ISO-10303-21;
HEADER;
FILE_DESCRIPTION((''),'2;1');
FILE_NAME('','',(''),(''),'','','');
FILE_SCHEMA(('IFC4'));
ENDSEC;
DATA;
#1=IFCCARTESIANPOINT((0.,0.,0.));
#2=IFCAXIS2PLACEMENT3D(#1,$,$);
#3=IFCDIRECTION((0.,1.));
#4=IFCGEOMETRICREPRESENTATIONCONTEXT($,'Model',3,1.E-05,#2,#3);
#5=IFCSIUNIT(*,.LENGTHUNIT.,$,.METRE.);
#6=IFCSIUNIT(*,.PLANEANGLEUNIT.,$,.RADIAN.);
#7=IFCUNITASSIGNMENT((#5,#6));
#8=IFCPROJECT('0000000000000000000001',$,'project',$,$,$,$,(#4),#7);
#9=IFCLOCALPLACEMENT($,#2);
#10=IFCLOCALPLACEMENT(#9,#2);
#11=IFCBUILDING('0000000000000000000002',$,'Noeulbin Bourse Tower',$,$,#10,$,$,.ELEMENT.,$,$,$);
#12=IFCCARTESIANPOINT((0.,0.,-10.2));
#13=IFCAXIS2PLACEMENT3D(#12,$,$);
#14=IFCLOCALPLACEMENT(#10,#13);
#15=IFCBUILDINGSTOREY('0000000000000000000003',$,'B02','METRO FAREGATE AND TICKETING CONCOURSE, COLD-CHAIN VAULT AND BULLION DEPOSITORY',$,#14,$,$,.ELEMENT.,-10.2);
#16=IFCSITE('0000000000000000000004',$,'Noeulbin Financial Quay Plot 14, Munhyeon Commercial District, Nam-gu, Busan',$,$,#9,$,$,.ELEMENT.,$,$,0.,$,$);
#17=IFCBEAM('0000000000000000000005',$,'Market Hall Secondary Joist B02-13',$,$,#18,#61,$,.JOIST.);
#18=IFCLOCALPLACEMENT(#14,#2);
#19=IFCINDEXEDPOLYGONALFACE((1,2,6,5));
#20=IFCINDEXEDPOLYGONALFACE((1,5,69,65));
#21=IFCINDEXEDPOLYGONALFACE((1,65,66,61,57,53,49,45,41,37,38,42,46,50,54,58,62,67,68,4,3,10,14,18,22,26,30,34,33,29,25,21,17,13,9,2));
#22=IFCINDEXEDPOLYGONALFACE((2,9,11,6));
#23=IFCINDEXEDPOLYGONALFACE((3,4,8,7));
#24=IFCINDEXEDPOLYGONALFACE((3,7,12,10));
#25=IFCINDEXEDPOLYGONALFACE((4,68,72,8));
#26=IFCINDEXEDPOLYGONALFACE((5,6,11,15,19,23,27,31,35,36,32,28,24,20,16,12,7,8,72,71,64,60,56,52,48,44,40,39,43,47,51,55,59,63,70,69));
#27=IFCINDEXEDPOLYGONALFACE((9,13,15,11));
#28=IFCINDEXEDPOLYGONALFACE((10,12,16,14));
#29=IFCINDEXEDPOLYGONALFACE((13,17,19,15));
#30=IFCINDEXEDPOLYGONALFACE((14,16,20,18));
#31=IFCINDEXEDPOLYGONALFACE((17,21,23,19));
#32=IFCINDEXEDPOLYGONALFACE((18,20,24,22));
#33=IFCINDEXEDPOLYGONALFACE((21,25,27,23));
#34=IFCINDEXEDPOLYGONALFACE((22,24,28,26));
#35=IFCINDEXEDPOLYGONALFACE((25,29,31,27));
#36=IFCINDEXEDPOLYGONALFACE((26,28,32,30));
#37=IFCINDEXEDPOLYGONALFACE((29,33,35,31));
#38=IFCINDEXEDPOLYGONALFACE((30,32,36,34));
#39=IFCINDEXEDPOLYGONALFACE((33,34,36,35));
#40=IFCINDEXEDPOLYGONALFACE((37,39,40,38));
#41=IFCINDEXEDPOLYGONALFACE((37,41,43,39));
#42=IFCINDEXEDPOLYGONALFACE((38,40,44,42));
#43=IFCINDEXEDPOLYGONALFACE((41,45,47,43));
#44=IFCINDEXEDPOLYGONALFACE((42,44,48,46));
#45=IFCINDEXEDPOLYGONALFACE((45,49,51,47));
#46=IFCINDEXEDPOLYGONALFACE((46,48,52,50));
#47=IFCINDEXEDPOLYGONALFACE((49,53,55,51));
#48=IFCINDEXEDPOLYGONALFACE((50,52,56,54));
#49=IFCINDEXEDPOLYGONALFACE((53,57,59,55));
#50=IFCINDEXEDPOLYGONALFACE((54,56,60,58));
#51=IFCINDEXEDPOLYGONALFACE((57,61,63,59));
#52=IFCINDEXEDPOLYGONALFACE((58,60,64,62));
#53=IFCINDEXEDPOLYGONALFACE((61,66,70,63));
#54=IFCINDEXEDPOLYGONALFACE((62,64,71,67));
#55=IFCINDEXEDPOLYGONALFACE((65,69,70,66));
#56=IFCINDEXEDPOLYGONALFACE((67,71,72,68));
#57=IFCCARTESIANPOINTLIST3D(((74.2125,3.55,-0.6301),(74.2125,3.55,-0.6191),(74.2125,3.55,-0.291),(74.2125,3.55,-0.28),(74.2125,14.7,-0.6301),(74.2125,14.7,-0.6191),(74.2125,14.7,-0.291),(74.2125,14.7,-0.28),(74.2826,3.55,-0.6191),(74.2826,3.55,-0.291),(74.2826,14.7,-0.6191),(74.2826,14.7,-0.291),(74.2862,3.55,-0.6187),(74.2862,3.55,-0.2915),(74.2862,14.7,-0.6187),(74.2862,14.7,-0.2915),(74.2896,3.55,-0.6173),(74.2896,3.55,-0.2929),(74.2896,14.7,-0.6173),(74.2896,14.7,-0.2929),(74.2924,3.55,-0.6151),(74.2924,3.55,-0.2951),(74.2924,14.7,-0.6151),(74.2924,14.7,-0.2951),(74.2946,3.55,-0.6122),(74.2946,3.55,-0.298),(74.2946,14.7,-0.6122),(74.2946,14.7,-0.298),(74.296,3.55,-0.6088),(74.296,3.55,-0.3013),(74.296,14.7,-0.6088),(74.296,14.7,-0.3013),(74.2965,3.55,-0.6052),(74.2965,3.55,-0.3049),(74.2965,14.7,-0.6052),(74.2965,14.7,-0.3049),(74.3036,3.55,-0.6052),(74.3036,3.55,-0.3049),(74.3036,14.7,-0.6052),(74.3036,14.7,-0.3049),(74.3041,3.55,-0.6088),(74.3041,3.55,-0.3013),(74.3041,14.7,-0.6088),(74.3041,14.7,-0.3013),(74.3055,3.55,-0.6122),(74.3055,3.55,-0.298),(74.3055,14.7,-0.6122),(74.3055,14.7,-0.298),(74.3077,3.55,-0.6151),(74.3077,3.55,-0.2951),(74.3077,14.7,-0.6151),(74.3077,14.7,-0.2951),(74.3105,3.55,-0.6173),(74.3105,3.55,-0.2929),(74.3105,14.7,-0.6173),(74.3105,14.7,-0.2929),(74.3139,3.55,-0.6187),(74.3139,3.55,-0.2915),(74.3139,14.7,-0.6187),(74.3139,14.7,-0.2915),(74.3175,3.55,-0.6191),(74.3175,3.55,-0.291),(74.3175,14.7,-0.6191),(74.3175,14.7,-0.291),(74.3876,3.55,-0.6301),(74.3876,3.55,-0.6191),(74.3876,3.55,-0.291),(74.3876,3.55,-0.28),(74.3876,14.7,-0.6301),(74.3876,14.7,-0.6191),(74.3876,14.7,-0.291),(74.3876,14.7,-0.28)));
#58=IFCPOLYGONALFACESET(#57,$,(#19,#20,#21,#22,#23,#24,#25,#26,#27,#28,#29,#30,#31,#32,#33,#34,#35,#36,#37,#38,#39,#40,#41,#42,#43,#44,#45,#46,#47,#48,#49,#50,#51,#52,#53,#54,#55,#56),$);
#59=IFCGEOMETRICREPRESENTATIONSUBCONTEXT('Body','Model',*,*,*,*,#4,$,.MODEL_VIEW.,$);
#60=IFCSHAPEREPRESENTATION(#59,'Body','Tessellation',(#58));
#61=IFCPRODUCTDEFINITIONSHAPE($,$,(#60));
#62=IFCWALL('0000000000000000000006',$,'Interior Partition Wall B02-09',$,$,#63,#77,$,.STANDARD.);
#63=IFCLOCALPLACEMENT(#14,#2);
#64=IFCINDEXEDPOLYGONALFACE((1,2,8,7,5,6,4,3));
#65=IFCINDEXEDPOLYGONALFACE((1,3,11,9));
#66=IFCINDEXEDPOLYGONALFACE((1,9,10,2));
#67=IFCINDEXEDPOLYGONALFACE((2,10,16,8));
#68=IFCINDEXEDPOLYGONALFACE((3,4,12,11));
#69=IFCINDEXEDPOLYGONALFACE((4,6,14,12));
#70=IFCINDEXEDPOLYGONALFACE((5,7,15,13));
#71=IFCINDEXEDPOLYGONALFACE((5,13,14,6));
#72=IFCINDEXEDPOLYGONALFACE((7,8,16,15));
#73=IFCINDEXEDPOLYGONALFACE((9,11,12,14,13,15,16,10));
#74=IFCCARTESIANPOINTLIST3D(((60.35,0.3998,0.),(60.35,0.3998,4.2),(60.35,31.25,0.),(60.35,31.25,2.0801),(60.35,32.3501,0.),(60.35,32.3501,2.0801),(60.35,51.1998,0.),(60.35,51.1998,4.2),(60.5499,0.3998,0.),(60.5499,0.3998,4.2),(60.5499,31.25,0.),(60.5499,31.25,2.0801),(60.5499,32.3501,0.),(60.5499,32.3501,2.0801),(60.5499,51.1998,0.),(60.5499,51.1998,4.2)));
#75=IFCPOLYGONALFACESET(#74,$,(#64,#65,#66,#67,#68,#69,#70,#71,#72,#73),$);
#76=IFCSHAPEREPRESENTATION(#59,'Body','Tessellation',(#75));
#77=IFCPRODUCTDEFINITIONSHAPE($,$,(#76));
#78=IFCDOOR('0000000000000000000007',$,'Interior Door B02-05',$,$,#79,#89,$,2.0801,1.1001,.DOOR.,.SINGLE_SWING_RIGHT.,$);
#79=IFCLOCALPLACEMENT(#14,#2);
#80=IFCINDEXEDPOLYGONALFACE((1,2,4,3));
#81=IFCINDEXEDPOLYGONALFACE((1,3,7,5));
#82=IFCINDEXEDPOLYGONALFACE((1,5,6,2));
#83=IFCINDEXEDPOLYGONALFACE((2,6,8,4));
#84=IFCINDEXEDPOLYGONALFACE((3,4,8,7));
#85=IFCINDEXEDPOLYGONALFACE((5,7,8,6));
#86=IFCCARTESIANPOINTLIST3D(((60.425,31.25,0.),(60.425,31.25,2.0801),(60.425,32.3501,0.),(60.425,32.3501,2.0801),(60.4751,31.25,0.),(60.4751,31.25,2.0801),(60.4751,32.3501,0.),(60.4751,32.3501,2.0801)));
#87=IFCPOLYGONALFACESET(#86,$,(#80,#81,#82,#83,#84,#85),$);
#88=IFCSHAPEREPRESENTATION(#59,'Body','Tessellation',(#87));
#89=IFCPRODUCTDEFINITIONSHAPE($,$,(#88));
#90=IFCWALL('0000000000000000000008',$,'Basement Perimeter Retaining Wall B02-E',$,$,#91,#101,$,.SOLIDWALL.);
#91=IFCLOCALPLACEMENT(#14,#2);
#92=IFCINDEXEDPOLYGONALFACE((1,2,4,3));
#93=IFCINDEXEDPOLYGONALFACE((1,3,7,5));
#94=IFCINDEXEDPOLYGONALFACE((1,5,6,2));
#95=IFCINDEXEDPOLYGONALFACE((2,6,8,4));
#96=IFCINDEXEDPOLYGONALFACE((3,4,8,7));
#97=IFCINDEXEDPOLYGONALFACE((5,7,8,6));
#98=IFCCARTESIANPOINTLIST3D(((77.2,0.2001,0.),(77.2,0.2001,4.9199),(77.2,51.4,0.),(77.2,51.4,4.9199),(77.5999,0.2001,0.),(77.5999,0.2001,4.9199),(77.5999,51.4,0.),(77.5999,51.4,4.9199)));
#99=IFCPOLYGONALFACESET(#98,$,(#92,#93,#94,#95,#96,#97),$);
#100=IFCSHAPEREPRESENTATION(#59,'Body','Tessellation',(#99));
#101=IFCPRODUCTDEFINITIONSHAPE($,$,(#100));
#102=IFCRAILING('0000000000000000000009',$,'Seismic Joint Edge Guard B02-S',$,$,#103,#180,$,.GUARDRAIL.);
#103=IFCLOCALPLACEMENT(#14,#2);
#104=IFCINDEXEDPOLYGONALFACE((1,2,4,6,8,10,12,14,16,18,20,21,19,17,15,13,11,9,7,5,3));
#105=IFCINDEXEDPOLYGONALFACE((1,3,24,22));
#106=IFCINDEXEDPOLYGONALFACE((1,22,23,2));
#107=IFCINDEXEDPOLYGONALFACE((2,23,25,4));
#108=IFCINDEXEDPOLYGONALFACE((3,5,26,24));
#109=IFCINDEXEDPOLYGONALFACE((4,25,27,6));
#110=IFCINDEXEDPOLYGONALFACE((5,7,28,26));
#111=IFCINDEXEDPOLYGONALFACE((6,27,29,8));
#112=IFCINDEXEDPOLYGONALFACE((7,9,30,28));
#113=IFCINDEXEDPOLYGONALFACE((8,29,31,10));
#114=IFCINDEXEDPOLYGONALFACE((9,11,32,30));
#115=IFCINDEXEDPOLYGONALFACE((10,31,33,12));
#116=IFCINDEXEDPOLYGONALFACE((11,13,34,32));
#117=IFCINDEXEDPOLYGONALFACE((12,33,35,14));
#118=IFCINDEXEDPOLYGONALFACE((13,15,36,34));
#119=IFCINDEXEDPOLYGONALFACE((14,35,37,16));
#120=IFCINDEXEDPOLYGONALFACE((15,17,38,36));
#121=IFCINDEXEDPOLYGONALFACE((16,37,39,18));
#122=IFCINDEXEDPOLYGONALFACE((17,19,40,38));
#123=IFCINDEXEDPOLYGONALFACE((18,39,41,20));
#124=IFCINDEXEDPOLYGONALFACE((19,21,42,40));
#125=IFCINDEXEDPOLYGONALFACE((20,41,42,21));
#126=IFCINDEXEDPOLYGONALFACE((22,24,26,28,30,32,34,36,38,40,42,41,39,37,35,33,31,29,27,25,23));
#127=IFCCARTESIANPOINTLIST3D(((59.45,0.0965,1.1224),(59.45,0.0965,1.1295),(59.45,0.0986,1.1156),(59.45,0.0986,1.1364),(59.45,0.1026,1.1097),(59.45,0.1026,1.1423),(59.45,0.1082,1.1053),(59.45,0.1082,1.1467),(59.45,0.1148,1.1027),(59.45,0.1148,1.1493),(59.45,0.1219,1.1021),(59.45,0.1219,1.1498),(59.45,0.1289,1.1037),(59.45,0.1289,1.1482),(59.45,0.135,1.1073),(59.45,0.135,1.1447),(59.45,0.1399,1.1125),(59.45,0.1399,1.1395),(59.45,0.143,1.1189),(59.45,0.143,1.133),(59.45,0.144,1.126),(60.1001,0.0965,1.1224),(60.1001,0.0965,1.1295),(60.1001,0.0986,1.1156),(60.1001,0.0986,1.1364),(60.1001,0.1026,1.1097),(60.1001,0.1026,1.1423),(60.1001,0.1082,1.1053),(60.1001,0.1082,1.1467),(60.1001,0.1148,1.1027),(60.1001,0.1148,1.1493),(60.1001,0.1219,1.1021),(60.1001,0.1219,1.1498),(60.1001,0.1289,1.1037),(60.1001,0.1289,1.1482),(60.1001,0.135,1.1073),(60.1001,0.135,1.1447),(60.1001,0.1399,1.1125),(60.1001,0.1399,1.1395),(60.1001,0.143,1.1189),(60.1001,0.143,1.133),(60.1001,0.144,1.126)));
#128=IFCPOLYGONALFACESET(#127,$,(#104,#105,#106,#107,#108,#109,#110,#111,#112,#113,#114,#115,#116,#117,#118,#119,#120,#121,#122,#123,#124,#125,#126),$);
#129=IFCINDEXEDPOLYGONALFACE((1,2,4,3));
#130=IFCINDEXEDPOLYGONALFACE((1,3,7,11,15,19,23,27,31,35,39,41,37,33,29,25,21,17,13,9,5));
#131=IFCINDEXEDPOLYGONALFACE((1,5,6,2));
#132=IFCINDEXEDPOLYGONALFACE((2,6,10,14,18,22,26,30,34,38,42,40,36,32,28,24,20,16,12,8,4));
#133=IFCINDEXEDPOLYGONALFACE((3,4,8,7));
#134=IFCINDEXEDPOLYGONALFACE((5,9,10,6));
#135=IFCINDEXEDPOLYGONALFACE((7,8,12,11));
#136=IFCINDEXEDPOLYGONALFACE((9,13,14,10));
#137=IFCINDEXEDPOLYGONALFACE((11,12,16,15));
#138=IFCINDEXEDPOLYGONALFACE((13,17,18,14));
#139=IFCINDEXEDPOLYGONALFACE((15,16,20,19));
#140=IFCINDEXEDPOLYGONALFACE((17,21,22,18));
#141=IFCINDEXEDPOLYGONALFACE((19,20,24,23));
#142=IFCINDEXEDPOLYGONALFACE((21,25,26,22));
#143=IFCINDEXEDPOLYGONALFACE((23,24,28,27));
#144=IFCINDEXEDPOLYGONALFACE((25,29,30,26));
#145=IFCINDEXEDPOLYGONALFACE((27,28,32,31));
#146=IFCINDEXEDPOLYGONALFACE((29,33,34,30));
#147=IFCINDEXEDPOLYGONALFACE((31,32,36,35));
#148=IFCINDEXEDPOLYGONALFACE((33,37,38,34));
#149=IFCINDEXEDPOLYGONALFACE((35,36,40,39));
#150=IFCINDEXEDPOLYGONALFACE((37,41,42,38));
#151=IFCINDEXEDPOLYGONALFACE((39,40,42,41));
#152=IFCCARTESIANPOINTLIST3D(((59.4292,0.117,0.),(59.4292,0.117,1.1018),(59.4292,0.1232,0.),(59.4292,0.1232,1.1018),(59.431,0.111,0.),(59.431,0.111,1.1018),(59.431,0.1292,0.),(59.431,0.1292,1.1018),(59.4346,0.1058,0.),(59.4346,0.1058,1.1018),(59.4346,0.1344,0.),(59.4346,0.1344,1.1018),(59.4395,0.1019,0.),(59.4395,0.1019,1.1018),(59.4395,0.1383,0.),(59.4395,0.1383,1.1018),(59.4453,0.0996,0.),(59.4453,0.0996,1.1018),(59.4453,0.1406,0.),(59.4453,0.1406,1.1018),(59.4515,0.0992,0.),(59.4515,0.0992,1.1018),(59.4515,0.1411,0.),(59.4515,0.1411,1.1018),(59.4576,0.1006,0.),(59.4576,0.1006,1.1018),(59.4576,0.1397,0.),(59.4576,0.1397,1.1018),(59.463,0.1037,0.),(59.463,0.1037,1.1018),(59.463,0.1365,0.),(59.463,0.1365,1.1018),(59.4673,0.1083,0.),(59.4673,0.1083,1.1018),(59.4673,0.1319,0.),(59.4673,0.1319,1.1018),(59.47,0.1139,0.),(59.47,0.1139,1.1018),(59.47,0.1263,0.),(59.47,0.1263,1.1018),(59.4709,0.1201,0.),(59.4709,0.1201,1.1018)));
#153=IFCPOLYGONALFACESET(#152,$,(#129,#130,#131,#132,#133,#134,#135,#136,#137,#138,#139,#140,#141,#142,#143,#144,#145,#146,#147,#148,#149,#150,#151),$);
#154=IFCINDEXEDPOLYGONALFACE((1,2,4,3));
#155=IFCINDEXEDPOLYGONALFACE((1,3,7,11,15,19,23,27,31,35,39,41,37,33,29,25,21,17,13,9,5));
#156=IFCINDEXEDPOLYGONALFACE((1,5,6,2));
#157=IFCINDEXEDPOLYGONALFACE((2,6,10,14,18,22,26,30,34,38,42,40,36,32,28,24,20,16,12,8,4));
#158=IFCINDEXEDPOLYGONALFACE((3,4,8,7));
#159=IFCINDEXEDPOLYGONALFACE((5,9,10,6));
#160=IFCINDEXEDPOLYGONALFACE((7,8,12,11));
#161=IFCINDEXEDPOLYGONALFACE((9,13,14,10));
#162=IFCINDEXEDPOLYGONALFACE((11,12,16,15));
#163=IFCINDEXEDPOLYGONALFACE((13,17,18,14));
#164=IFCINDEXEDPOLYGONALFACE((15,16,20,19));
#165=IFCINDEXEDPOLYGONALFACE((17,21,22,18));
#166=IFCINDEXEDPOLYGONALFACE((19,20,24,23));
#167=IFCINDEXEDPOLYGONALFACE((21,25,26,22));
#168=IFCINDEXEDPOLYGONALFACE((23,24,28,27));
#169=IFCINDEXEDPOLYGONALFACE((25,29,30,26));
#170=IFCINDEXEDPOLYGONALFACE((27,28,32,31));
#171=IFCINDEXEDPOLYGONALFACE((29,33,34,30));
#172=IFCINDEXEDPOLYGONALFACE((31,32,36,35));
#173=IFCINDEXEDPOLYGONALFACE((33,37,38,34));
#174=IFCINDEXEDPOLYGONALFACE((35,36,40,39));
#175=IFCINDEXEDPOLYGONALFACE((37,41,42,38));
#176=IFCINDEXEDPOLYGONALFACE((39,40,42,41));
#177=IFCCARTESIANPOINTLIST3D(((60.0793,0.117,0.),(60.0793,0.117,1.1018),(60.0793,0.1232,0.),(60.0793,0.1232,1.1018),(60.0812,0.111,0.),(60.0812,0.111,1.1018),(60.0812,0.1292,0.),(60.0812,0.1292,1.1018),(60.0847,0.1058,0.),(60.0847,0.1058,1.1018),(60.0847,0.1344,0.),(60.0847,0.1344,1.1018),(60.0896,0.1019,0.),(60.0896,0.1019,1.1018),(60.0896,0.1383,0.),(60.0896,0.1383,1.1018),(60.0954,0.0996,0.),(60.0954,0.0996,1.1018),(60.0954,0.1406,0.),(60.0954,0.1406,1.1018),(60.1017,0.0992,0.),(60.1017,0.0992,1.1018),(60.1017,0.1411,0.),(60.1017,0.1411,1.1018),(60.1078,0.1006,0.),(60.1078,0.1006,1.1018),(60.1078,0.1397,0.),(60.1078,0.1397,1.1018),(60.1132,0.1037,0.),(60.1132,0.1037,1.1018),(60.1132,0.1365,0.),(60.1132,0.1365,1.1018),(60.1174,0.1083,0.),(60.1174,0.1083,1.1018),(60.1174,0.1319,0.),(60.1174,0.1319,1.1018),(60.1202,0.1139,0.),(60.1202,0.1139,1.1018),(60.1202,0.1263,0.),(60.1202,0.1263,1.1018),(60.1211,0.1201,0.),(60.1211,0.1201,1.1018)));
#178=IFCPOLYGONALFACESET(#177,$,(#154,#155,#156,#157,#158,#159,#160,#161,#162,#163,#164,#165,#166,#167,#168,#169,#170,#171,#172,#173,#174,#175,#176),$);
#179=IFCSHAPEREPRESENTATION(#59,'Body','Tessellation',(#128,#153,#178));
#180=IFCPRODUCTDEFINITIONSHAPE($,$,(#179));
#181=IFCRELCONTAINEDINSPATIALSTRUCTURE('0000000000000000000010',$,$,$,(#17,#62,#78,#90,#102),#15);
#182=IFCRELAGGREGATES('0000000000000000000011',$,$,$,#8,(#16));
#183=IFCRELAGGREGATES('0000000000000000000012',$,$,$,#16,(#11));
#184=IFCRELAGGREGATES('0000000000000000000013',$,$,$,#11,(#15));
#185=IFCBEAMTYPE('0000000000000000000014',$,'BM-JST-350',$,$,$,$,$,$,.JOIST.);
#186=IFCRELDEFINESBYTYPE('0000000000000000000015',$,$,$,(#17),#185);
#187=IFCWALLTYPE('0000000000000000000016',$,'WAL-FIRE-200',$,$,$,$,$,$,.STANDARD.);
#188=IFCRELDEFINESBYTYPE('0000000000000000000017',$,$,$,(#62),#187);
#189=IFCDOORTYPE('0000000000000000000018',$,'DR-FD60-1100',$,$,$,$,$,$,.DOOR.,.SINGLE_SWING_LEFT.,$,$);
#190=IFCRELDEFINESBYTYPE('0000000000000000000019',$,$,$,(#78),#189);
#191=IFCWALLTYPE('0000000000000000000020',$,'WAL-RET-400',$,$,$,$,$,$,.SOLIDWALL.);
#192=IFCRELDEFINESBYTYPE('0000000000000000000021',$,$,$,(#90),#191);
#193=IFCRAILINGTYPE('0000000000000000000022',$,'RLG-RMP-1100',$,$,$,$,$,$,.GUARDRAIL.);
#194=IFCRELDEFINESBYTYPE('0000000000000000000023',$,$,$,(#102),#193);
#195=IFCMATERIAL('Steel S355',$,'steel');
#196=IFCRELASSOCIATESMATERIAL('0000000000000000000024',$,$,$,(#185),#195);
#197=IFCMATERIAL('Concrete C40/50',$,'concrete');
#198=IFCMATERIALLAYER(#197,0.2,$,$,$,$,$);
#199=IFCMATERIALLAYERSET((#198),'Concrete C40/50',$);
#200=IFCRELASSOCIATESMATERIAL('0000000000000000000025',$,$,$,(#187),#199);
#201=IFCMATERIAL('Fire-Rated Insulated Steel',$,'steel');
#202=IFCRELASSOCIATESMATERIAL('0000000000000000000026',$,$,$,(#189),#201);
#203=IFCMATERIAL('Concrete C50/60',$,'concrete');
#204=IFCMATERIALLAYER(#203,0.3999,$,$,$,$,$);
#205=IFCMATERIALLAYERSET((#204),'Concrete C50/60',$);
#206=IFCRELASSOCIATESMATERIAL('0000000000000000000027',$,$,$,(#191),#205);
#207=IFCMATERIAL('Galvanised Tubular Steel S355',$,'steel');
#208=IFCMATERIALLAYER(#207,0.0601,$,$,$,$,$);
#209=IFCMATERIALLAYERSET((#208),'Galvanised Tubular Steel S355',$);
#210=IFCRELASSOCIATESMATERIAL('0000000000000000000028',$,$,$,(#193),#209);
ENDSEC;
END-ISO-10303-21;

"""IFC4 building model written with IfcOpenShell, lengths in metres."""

from ifc_helpers import new_model, si_unit, direction, frame, frame_2d, origin, origin_2d, place, context, subcontext, project, spatial, rectangle, circle, i_section, extrude, material, layer, layer_set, material_profile, profile_set, type_object, element, fill, save


model = new_model("IFC4")

# Units and contexts
model_context = context("Model", 3, precision=1e-05, world=origin(), true_north=direction((0.0, 1.0)))
body_context = subcontext(model_context, "Body", "Model", "MODEL_VIEW")
ifc_project = project(units=[si_unit("LENGTHUNIT", "METRE"), si_unit("PLANEANGLEUNIT", "RADIAN")], contexts=[model_context])

# Site, building, storey
site_placement = place(None, origin())
site = spatial("IfcSite", under=ifc_project, at=site_placement, Name="Noeulbin Financial Quay Plot 14, Munhyeon Commercial District, Nam-gu, Busan", CompositionType="ELEMENT", RefElevation=0.0)
building_placement = place(site_placement, origin())
building = spatial("IfcBuilding", under=site, at=building_placement, Name="Noeulbin Bourse Tower", CompositionType="ELEMENT")
storey_placement = place(building_placement, frame((0.0, 0.0, -10.2)))
storey = spatial("IfcBuildingStorey", under=building, at=storey_placement, Name="B02", Description="METRO FAREGATE AND TICKETING CONCOURSE, COLD-CHAIN VAULT AND BULLION DEPOSITORY", CompositionType="ELEMENT", Elevation=-10.2)

# Shared definitions
ifc_material_1 = material(Name="Concrete C40/50", Category="concrete")
ifc_material_2 = material(Name="Concrete C50/60", Category="concrete")

# Beam
ifc_material_3 = material(Name="Steel S355", Category="steel")
ifc_material_profile_1 = material_profile(ifc_material_3, i_section(OverallWidth=0.175, OverallDepth=0.3501, WebThickness=0.0071, FlangeThickness=0.011, FilletRadius=0.0139, at=origin_2d()), Name="H-350x175x7x11", Category="LoadBearing")
ifc_profile_set_1 = profile_set([ifc_material_profile_1], Name="Steel S355")
beam_type_1 = type_object("IfcBeamType", Name="BM-JST-350", PredefinedType="JOIST", material=ifc_profile_set_1)
for number, where, z_axis, x_axis, name in (
    (1, (74.3, 3.55, -0.4551), (0.0, 1.0, 0.0), (-1.0, 0.0, 0.0), "Market Hall Secondary Joist B02-13"),
):
    element("IfcBeam", number, at=place(storey_placement, frame(where, z_axis=z_axis, x_axis=x_axis)), inside=storey, type_object=beam_type_1, Name=name, PredefinedType="JOIST", context=body_context, shape_type="SweptSolid", body=[
        extrude(i_section(OverallWidth=0.175, OverallDepth=0.3501, WebThickness=0.0071, FlangeThickness=0.011, FilletRadius=0.0139, at=origin_2d()), origin(), (0.0, 0.0, 1.0), 11.1499),
    ])

# Wall, opening, door
ifc_layer_1 = layer(ifc_material_1, 0.2)
ifc_layer_set_1 = layer_set([ifc_layer_1], Name="Concrete C40/50")
wall_type_1 = type_object("IfcWallType", Name="WAL-FIRE-200", PredefinedType="STANDARD", material=ifc_layer_set_1)
wall_1_placement = place(storey_placement, frame((60.45, 0.3999, 0.0), z_axis=(0.0, 0.0, 1.0), x_axis=(0.0, 1.0, 0.0)))
wall_1 = element("IfcWall", 2, at=wall_1_placement, inside=storey, type_object=wall_type_1, Name="Interior Partition Wall B02-09", PredefinedType="STANDARD", context=body_context, shape_type="SweptSolid", body=[
    extrude(rectangle(XDim=50.8, YDim=0.2, at=frame_2d((25.3999, 0.0))), origin(), (0.0, 0.0, 1.0), 4.2),
])
opening_placement = place(wall_1_placement, frame((30.8501, 0.0, 0.0)))
opening = element("IfcOpeningElement", 3, at=opening_placement, cuts=wall_1, PredefinedType="OPENING", context=body_context, shape_type="SweptSolid", body=[
    extrude(rectangle(XDim=1.1001, YDim=2.0801, at=frame_2d((0.55, 1.04))), frame((0.0, 0.1099, 0.0), z_axis=(0.0, -1.0, 0.0), x_axis=(1.0, 0.0, 0.0)), (0.0, 0.0, 1.0), 0.22),
])
ifc_material_4 = material(Name="Fire-Rated Insulated Steel", Category="steel")
door_type = type_object("IfcDoorType", Name="DR-FD60-1100", OperationType="SINGLE_SWING_LEFT", PredefinedType="DOOR", material=ifc_material_4)
door_placement = place(opening_placement, origin())
door = element("IfcDoor", 4, at=door_placement, inside=storey, type_object=door_type, Name="Interior Door B02-05", OperationType="SINGLE_SWING_RIGHT", OverallHeight=2.0801, OverallWidth=1.1001, PredefinedType="DOOR", context=body_context, shape_type="SweptSolid", body=[
    extrude(rectangle(XDim=1.1001, YDim=2.0801, at=frame_2d((0.55, 1.04))), frame((0.0, 0.0249, 0.0), z_axis=(0.0, -1.0, 0.0), x_axis=(1.0, 0.0, 0.0)), (0.0, 0.0, 1.0), 0.05),
])
fill(opening, door)

# Wall
ifc_layer_2 = layer(ifc_material_2, 0.3999)
ifc_layer_set_2 = layer_set([ifc_layer_2], Name="Concrete C50/60")
wall_type_2 = type_object("IfcWallType", Name="WAL-RET-400", PredefinedType="SOLIDWALL", material=ifc_layer_set_2)
wall_2_placement = place(storey_placement, frame((77.3999, 0.2, 0.0), z_axis=(0.0, 0.0, 1.0), x_axis=(0.0, 1.0, 0.0)))
element("IfcWall", 5, at=wall_2_placement, inside=storey, type_object=wall_type_2, Name="Basement Perimeter Retaining Wall B02-E", PredefinedType="SOLIDWALL", context=body_context, shape_type="SweptSolid", body=[
    extrude(rectangle(XDim=51.2, YDim=0.3999, at=frame_2d((25.6001, 0.0))), origin(), (0.0, 0.0, 1.0), 4.9199),
])

# Railing
ifc_material_5 = material(Name="Galvanised Tubular Steel S355", Category="steel")
ifc_layer_3 = layer(ifc_material_5, 0.0601)
ifc_layer_set_3 = layer_set([ifc_layer_3], Name="Galvanised Tubular Steel S355")
railing_type = type_object("IfcRailingType", Name="RLG-RMP-1100", PredefinedType="GUARDRAIL", material=ifc_layer_set_3)
railing_placement = place(storey_placement, frame((59.45, 0.1201, 0.0)))
element("IfcRailing", 6, at=railing_placement, inside=storey, type_object=railing_type, Name="Seismic Joint Edge Guard B02-S", PredefinedType="GUARDRAIL", context=body_context, shape_type="SweptSolid", body=[
    extrude(circle(Radius=0.0239, at=origin_2d()), frame((0.0, 0.0, 1.126), z_axis=(1.0, 0.0, 0.0), x_axis=(0.0, 1.0, 0.0)), (0.0, 0.0, 1.0), 0.6501),
    extrude(circle(Radius=0.021, at=origin_2d()), origin(), (0.0, 0.0, 1.0), 1.1018),
    extrude(circle(Radius=0.021, at=origin_2d()), frame((0.6501, 0.0, 0.0)), (0.0, 0.0, 1.0), 1.1018),
])

save(model, "model.ifc")
